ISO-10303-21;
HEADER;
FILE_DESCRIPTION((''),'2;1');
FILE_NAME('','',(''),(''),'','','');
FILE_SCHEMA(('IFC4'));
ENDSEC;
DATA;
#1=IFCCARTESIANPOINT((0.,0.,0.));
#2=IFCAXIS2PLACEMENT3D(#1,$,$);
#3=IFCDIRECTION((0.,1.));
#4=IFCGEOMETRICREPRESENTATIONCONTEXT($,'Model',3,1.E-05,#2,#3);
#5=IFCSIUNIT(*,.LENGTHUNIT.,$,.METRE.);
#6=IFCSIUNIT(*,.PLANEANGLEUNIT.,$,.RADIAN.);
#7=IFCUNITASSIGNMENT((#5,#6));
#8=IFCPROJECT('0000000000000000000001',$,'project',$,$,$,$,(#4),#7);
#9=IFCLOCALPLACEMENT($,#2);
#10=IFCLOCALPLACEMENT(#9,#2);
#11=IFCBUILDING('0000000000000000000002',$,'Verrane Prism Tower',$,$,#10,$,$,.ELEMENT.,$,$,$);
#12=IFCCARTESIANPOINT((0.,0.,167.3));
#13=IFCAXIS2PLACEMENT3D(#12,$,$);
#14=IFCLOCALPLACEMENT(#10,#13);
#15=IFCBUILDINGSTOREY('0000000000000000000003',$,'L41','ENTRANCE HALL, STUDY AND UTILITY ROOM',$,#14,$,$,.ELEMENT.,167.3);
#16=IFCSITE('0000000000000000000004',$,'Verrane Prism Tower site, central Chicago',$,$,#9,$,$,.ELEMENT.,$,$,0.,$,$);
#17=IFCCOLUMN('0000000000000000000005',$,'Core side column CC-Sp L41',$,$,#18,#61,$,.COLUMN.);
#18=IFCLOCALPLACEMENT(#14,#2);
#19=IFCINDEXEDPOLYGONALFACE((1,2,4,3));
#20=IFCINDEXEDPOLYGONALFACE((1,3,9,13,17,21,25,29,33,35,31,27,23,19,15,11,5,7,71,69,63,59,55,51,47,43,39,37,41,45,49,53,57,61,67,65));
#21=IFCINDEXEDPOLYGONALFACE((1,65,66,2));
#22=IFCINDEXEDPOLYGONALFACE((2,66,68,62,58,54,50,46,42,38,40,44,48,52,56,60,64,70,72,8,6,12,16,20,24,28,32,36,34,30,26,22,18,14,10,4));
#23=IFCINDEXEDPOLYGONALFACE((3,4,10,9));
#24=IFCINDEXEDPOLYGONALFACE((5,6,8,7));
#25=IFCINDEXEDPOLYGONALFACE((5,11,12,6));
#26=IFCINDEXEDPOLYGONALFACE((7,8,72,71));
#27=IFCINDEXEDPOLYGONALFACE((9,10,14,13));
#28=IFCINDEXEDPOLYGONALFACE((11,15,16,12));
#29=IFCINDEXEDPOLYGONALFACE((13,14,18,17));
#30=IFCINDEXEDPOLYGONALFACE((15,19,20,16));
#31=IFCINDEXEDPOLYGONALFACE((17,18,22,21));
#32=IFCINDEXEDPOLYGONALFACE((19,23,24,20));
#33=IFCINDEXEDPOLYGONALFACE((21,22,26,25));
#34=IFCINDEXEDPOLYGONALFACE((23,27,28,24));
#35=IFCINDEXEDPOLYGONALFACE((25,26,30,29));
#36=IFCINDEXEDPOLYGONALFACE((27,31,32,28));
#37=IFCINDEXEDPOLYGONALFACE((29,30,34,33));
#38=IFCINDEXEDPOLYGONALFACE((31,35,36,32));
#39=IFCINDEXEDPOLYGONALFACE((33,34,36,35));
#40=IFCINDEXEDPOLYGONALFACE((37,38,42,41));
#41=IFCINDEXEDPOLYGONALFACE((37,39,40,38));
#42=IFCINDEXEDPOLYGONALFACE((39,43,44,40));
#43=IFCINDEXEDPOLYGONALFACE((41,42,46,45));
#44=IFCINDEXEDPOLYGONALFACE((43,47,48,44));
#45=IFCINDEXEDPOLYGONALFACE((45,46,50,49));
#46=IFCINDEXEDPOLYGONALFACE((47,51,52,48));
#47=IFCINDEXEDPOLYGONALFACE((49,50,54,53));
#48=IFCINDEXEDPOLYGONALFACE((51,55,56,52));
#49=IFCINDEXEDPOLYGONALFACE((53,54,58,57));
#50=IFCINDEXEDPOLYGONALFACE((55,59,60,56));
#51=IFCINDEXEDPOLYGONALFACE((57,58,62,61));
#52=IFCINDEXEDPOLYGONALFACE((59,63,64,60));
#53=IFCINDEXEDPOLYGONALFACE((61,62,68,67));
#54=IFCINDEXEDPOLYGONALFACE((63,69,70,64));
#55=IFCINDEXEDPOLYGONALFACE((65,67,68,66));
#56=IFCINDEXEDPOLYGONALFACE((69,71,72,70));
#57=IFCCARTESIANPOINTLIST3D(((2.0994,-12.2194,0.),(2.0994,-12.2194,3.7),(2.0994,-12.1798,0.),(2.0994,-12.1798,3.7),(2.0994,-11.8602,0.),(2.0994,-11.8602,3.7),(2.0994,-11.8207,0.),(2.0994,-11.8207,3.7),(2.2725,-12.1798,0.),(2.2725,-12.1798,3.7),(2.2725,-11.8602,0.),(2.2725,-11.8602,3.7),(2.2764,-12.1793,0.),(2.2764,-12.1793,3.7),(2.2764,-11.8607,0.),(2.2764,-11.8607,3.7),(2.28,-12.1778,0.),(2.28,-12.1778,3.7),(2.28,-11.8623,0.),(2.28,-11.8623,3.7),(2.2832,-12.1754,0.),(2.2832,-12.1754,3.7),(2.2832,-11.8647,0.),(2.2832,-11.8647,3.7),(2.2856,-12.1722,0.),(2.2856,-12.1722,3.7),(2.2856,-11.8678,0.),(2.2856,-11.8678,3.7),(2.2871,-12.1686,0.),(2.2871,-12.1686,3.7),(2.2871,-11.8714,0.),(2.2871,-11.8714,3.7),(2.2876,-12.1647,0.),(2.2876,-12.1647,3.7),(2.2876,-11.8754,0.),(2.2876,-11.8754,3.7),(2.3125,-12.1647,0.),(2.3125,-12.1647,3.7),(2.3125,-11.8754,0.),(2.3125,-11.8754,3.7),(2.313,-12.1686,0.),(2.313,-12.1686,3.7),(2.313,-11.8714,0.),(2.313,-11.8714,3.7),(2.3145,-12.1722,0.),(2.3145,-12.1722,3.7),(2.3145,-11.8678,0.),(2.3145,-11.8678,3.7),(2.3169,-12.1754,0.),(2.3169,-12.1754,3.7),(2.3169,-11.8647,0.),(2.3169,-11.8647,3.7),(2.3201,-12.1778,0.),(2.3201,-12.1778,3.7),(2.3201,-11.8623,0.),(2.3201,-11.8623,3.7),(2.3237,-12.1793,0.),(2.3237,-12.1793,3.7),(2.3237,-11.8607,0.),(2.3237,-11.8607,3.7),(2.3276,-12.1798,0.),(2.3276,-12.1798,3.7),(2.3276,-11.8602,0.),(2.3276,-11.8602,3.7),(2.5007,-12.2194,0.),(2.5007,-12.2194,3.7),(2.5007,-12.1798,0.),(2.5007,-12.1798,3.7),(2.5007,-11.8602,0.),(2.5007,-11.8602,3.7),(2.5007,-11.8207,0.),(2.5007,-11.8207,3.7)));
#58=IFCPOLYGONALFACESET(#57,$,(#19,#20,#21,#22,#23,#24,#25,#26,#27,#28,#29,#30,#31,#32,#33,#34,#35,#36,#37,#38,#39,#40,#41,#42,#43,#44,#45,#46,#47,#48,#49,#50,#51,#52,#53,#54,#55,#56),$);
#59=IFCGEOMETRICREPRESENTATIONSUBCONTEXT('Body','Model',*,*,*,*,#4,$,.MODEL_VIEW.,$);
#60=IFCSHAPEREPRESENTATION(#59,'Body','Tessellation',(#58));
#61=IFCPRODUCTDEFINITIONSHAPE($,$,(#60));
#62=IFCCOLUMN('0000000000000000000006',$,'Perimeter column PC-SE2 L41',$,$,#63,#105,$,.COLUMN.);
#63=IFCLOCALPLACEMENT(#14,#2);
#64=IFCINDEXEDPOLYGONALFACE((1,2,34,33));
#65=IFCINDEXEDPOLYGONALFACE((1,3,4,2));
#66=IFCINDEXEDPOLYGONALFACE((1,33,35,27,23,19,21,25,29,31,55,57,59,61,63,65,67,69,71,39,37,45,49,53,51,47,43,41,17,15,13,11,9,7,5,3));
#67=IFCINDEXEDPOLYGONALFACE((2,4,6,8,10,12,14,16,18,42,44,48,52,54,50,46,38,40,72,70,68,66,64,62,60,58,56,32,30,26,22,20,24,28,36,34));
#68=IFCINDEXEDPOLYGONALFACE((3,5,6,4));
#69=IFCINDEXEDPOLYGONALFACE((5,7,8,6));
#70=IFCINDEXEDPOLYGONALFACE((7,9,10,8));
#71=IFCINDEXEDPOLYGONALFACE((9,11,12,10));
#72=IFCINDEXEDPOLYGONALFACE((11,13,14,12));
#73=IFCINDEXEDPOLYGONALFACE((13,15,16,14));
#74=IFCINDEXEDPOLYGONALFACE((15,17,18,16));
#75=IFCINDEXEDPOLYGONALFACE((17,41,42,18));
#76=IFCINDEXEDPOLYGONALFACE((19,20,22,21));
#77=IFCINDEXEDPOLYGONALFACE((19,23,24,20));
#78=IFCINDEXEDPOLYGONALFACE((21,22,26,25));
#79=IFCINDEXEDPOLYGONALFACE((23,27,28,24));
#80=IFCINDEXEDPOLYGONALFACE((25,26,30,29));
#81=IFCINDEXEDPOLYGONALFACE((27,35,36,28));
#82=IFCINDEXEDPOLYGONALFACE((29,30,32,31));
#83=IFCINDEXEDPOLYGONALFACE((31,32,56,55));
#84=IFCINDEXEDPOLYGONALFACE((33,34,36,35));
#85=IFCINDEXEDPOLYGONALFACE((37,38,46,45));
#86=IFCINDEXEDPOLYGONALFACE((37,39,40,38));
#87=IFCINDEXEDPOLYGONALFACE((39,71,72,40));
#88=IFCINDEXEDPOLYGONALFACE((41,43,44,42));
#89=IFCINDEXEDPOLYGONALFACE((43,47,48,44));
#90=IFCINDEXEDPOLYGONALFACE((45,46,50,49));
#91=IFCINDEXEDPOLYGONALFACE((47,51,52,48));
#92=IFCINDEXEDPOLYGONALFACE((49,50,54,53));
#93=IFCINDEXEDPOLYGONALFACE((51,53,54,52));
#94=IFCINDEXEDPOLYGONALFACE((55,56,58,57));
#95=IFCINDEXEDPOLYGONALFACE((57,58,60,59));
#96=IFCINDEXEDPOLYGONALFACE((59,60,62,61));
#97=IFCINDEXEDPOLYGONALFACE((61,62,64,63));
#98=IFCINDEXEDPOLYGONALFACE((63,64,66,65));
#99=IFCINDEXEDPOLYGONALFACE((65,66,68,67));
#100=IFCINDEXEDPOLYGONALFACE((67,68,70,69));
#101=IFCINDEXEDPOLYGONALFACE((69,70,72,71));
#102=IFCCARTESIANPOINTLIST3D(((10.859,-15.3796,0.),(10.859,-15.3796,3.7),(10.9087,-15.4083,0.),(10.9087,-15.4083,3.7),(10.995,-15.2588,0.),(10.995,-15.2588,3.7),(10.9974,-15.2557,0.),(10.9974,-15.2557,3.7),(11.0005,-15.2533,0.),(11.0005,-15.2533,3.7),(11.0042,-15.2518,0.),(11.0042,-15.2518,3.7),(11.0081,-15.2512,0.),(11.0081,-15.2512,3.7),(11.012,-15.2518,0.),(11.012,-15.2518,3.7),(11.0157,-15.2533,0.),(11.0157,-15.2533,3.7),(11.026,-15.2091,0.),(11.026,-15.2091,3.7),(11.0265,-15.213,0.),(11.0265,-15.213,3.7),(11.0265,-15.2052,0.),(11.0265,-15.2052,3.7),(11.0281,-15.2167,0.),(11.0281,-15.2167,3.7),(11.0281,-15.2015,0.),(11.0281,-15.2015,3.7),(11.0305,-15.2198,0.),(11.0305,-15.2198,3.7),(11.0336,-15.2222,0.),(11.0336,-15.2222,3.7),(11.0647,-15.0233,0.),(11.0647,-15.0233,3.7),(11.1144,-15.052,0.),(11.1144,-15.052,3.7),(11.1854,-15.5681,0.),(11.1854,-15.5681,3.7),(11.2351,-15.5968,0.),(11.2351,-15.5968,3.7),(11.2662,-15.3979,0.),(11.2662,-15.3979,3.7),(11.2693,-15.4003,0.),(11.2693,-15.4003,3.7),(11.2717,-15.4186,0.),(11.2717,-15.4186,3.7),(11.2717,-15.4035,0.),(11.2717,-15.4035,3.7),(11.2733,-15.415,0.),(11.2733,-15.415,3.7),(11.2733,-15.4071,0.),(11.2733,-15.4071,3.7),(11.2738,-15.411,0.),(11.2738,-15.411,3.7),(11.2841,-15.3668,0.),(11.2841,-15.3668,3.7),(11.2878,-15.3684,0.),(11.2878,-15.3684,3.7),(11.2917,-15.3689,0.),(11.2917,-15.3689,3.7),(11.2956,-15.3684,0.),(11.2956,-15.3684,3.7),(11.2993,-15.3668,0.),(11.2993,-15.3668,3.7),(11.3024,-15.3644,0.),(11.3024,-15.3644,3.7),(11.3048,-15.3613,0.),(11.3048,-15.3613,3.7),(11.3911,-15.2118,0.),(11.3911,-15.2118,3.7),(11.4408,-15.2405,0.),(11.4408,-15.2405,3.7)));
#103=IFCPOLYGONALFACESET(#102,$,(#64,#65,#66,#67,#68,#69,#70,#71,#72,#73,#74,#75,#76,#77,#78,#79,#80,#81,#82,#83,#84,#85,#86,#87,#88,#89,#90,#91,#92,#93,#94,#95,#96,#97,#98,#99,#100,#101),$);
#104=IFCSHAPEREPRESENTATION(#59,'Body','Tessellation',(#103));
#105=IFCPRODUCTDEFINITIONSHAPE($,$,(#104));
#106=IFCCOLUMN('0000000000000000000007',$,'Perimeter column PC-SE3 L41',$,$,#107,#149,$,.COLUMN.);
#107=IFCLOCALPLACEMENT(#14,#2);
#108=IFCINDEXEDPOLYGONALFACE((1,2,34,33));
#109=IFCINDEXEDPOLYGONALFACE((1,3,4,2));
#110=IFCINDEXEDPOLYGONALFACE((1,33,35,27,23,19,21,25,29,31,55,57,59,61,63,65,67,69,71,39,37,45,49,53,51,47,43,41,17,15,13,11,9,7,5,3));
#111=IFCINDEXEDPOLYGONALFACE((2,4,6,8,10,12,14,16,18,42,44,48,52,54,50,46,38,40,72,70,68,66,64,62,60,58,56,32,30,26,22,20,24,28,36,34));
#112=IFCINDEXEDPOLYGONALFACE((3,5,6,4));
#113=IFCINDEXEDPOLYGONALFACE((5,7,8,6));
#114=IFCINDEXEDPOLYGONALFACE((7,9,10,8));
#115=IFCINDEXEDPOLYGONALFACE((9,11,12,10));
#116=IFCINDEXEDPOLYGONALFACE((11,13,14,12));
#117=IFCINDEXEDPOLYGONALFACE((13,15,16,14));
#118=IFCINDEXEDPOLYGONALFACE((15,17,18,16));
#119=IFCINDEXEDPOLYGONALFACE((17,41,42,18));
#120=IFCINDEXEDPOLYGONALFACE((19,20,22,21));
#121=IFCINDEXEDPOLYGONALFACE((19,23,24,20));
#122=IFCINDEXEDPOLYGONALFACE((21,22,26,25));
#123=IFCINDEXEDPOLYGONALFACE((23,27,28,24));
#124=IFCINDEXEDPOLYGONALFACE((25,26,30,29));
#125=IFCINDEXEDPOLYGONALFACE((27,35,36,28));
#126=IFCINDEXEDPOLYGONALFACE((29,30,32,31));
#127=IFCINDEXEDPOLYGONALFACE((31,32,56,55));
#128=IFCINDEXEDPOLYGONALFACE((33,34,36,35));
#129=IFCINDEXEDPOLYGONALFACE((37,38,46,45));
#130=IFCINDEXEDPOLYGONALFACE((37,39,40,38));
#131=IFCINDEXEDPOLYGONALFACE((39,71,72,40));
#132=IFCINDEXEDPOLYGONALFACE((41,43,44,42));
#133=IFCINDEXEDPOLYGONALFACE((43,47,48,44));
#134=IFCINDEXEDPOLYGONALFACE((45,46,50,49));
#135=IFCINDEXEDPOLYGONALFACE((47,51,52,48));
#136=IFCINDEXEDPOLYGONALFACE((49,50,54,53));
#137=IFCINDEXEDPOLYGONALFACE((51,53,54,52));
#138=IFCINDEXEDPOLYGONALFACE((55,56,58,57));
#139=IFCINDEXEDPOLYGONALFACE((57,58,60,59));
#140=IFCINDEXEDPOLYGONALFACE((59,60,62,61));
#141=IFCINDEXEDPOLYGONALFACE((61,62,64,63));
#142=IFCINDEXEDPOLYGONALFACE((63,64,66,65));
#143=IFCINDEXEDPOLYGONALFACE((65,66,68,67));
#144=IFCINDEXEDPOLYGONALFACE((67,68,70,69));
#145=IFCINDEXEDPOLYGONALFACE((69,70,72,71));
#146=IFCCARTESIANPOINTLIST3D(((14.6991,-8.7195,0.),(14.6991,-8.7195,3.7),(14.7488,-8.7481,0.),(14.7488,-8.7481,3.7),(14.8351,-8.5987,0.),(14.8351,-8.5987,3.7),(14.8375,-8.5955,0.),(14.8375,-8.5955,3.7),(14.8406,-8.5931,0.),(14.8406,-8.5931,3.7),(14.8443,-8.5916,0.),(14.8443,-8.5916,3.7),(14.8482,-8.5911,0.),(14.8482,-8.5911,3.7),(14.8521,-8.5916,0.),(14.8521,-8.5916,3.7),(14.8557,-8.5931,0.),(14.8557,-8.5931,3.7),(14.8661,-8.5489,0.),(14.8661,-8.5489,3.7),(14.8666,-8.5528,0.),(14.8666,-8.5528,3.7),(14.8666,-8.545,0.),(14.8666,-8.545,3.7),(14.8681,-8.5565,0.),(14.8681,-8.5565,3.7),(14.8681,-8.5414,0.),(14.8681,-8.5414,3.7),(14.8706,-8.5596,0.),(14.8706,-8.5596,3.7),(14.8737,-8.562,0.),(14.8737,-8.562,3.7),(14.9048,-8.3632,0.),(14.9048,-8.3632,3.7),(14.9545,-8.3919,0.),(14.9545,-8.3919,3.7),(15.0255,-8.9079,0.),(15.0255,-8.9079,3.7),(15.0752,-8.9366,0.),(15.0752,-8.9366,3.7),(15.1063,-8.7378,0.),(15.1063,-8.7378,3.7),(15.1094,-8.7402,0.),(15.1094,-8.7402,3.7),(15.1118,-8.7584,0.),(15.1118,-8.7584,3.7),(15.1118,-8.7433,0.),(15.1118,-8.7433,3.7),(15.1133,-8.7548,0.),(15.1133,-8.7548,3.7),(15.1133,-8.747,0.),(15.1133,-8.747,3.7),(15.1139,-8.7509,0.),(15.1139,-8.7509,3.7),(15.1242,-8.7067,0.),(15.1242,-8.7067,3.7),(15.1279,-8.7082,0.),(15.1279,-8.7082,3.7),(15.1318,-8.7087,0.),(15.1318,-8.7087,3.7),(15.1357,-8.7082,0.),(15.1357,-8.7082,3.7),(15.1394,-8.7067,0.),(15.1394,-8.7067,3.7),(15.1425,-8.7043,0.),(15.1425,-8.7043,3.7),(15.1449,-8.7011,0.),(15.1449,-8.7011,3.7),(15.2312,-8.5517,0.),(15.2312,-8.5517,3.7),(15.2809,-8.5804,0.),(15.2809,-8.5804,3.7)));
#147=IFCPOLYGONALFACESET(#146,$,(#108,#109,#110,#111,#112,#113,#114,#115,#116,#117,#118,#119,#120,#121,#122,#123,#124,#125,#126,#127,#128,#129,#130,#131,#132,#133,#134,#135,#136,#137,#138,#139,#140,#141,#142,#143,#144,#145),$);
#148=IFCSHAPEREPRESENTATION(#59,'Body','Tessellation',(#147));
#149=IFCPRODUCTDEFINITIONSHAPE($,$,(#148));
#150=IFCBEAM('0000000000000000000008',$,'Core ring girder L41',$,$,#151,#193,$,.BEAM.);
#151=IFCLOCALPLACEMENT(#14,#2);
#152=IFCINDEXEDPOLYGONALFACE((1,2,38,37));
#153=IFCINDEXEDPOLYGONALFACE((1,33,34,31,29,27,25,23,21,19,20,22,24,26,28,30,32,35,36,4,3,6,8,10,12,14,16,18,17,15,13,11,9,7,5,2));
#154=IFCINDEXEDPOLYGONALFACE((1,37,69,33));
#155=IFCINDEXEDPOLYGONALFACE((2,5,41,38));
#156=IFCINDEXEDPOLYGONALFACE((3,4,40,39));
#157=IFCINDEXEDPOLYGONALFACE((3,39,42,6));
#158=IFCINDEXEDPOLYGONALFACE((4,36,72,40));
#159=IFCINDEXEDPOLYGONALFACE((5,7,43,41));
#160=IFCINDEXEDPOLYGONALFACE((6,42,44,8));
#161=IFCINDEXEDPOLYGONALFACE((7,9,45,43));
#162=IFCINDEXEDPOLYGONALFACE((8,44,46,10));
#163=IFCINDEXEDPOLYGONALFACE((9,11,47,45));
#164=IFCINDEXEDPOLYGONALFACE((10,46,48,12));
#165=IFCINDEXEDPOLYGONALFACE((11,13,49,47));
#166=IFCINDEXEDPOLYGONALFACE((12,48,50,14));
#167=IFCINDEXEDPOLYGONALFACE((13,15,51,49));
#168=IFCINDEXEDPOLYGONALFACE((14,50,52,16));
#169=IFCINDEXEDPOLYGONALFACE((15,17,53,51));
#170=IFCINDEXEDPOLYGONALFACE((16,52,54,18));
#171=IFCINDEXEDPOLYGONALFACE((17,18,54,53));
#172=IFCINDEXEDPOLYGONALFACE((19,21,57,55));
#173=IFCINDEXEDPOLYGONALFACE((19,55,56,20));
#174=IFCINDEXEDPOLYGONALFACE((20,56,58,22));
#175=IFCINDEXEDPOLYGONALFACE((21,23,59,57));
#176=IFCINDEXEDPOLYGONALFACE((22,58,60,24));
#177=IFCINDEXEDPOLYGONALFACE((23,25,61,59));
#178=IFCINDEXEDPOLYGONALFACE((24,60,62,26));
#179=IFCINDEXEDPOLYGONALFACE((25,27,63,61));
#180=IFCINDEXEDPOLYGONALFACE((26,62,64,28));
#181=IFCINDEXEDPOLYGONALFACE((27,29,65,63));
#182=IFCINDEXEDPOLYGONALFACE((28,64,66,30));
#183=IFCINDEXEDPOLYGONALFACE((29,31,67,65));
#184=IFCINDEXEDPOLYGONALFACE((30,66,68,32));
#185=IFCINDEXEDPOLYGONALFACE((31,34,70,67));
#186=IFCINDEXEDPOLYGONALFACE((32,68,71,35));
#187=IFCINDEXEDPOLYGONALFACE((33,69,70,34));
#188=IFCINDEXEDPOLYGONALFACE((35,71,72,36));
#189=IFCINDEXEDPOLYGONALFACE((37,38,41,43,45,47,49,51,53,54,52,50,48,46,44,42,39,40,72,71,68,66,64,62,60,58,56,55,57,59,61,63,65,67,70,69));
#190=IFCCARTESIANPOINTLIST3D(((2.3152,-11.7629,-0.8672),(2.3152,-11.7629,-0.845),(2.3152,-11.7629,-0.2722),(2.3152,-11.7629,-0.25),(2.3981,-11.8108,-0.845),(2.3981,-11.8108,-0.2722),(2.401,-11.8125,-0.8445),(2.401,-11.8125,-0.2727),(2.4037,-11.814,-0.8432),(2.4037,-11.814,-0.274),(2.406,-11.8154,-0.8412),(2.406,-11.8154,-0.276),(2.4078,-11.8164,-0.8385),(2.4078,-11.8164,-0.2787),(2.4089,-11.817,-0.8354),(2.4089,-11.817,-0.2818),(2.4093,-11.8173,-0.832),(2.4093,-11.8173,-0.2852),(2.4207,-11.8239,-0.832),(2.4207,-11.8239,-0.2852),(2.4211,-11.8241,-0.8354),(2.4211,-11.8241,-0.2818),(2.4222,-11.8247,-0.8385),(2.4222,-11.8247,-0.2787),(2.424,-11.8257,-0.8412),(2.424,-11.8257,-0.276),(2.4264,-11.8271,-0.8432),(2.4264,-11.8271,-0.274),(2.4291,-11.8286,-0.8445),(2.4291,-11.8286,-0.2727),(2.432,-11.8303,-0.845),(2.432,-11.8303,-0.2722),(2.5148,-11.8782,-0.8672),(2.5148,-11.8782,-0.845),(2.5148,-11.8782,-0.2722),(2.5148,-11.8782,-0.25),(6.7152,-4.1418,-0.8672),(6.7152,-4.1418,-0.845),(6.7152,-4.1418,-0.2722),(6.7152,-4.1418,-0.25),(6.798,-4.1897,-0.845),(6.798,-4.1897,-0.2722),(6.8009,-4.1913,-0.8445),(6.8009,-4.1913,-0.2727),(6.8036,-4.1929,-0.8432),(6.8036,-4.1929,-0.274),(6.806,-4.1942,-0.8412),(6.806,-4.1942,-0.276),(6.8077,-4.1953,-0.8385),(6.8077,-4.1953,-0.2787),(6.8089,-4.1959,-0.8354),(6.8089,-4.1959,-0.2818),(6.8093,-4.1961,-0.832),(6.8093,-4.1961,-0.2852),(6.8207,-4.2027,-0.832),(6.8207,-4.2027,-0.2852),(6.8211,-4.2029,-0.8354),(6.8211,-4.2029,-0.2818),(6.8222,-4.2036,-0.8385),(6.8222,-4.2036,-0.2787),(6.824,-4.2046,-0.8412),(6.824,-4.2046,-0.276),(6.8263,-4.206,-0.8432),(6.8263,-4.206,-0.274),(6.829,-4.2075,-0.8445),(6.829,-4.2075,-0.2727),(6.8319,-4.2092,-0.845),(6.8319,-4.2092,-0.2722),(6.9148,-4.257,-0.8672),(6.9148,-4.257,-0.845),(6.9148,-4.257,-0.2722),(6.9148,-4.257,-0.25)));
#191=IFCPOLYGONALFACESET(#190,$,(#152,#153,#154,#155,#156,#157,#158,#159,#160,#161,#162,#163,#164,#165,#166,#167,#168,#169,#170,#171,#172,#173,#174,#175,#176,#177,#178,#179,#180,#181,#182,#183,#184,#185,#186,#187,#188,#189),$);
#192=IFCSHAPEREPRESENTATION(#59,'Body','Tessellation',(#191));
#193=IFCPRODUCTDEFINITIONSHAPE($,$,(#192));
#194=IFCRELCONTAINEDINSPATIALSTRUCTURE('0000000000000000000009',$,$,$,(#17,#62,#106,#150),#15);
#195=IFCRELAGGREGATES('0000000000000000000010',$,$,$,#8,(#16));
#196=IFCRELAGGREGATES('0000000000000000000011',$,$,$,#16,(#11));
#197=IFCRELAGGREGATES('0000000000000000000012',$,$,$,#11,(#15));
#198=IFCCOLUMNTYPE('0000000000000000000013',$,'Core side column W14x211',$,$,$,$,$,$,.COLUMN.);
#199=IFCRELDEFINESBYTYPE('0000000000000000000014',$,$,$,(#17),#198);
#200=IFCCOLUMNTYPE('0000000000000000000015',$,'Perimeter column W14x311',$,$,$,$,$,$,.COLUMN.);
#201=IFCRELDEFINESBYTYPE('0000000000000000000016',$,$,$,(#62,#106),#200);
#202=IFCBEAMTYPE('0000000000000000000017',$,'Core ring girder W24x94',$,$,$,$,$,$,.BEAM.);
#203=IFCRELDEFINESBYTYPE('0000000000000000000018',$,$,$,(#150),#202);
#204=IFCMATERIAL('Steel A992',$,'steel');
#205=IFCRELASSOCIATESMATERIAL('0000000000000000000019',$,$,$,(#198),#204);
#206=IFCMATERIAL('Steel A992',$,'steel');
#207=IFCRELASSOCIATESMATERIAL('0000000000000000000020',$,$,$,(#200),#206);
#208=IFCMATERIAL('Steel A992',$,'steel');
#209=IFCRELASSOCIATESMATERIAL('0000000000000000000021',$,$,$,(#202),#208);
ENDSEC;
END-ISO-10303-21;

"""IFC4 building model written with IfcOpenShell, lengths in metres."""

from ifc_helpers import new_model, si_unit, direction, frame, origin, origin_2d, place, context, subcontext, project, spatial, i_section, extrude, material, material_profile, profile_set, type_object, element, save


model = new_model("IFC4")

# Units and contexts
model_context = context("Model", 3, precision=1e-05, world=origin(), true_north=direction((0.0, 1.0)))
body_context = subcontext(model_context, "Body", "Model", "MODEL_VIEW")
ifc_project = project(units=[si_unit("LENGTHUNIT", "METRE"), si_unit("PLANEANGLEUNIT", "RADIAN")], contexts=[model_context])

# Site, building, storey
site_placement = place(None, origin())
site = spatial("IfcSite", under=ifc_project, at=site_placement, Name="Verrane Prism Tower site, central Chicago", CompositionType="ELEMENT", RefElevation=0.0)
building_placement = place(site_placement, origin())
building = spatial("IfcBuilding", under=site, at=building_placement, Name="Verrane Prism Tower", CompositionType="ELEMENT")
storey_placement = place(building_placement, frame((0.0, 0.0, 167.3)))
storey = spatial("IfcBuildingStorey", under=building, at=storey_placement, Name="L41", Description="ENTRANCE HALL, STUDY AND UTILITY ROOM", CompositionType="ELEMENT", Elevation=167.3)

# Columns
ifc_material_1 = material(Name="Steel A992", Category="steel")
ifc_material_profile_1 = material_profile(ifc_material_1, i_section(OverallWidth=0.4014, OverallDepth=0.3987, WebThickness=0.0249, FlangeThickness=0.0396, FilletRadius=0.0151, at=origin_2d()), Name="W14x211")
ifc_profile_set_1 = profile_set([ifc_material_profile_1], Name="Steel A992")
column_type_1 = type_object("IfcColumnType", Name="Core side column W14x211", PredefinedType="COLUMN", material=ifc_profile_set_1)
column_placement = place(storey_placement, frame((2.3, -12.02, 0.0), z_axis=(0.0, 0.0, 1.0), x_axis=(1.0, 0.0, 0.0)))
element("IfcColumn", 1, at=column_placement, inside=storey, type_object=column_type_1, Name="Core side column CC-Sp L41", PredefinedType="COLUMN", context=body_context, shape_type="SweptSolid", body=[
    extrude(i_section(OverallWidth=0.4014, OverallDepth=0.3987, WebThickness=0.0249, FlangeThickness=0.0396, FilletRadius=0.0151, at=origin_2d()), origin(), (0.0, 0.0, 1.0), 3.7),
])
ifc_material_2 = material(Name="Steel A992", Category="steel")
ifc_material_profile_2 = material_profile(ifc_material_2, i_section(OverallWidth=0.4114, OverallDepth=0.4343, WebThickness=0.0359, FlangeThickness=0.0574, FilletRadius=0.0151, at=origin_2d()), Name="W14x311")
ifc_profile_set_2 = profile_set([ifc_material_profile_2], Name="Steel A992")
column_type_2 = type_object("IfcColumnType", Name="Perimeter column W14x311", PredefinedType="COLUMN", material=ifc_profile_set_2)
for number, where, z_axis, x_axis, name in (
    (2, (11.1499, -15.3101, 0.0), (0.0, 0.0, 1.0), (-0.5, -0.866025, 0.0), "Perimeter column PC-SE2 L41"),
    (3, (14.99, -8.6499, 0.0), (0.0, 0.0, 1.0), (-0.5, -0.866025, 0.0), "Perimeter column PC-SE3 L41"),
):
    element("IfcColumn", number, at=place(storey_placement, frame(where, z_axis=z_axis, x_axis=x_axis)), inside=storey, type_object=column_type_2, Name=name, PredefinedType="COLUMN", context=body_context, shape_type="SweptSolid", body=[
        extrude(i_section(OverallWidth=0.4114, OverallDepth=0.4343, WebThickness=0.0359, FlangeThickness=0.0574, FilletRadius=0.0151, at=origin_2d()), origin(), (0.0, 0.0, 1.0), 3.7),
    ])

# Beam
ifc_material_3 = material(Name="Steel A992", Category="steel")
ifc_material_profile_3 = material_profile(ifc_material_3, i_section(OverallWidth=0.2305, OverallDepth=0.6172, WebThickness=0.0132, FlangeThickness=0.0222, FilletRadius=0.0129, at=origin_2d()), Name="W24x94")
ifc_profile_set_3 = profile_set([ifc_material_profile_3], Name="Steel A992")
beam_type_1 = type_object("IfcBeamType", Name="Core ring girder W24x94", PredefinedType="BEAM", material=ifc_profile_set_3)
beam_1_placement = place(storey_placement, frame((2.415, -11.8206, -0.5586), z_axis=(0.499988, 0.866032, 0.0), x_axis=(-0.866032, 0.499988, 0.0)))
element("IfcBeam", 4, at=beam_1_placement, inside=storey, type_object=beam_type_1, Name="Core ring girder L41", PredefinedType="BEAM", context=body_context, shape_type="SweptSolid", body=[
    extrude(i_section(OverallWidth=0.2305, OverallDepth=0.6172, WebThickness=0.0132, FlangeThickness=0.0222, FilletRadius=0.0129, at=origin_2d()), origin(), (0.0, 0.0, 1.0), 8.8),
])

save(model, "model.ifc")
